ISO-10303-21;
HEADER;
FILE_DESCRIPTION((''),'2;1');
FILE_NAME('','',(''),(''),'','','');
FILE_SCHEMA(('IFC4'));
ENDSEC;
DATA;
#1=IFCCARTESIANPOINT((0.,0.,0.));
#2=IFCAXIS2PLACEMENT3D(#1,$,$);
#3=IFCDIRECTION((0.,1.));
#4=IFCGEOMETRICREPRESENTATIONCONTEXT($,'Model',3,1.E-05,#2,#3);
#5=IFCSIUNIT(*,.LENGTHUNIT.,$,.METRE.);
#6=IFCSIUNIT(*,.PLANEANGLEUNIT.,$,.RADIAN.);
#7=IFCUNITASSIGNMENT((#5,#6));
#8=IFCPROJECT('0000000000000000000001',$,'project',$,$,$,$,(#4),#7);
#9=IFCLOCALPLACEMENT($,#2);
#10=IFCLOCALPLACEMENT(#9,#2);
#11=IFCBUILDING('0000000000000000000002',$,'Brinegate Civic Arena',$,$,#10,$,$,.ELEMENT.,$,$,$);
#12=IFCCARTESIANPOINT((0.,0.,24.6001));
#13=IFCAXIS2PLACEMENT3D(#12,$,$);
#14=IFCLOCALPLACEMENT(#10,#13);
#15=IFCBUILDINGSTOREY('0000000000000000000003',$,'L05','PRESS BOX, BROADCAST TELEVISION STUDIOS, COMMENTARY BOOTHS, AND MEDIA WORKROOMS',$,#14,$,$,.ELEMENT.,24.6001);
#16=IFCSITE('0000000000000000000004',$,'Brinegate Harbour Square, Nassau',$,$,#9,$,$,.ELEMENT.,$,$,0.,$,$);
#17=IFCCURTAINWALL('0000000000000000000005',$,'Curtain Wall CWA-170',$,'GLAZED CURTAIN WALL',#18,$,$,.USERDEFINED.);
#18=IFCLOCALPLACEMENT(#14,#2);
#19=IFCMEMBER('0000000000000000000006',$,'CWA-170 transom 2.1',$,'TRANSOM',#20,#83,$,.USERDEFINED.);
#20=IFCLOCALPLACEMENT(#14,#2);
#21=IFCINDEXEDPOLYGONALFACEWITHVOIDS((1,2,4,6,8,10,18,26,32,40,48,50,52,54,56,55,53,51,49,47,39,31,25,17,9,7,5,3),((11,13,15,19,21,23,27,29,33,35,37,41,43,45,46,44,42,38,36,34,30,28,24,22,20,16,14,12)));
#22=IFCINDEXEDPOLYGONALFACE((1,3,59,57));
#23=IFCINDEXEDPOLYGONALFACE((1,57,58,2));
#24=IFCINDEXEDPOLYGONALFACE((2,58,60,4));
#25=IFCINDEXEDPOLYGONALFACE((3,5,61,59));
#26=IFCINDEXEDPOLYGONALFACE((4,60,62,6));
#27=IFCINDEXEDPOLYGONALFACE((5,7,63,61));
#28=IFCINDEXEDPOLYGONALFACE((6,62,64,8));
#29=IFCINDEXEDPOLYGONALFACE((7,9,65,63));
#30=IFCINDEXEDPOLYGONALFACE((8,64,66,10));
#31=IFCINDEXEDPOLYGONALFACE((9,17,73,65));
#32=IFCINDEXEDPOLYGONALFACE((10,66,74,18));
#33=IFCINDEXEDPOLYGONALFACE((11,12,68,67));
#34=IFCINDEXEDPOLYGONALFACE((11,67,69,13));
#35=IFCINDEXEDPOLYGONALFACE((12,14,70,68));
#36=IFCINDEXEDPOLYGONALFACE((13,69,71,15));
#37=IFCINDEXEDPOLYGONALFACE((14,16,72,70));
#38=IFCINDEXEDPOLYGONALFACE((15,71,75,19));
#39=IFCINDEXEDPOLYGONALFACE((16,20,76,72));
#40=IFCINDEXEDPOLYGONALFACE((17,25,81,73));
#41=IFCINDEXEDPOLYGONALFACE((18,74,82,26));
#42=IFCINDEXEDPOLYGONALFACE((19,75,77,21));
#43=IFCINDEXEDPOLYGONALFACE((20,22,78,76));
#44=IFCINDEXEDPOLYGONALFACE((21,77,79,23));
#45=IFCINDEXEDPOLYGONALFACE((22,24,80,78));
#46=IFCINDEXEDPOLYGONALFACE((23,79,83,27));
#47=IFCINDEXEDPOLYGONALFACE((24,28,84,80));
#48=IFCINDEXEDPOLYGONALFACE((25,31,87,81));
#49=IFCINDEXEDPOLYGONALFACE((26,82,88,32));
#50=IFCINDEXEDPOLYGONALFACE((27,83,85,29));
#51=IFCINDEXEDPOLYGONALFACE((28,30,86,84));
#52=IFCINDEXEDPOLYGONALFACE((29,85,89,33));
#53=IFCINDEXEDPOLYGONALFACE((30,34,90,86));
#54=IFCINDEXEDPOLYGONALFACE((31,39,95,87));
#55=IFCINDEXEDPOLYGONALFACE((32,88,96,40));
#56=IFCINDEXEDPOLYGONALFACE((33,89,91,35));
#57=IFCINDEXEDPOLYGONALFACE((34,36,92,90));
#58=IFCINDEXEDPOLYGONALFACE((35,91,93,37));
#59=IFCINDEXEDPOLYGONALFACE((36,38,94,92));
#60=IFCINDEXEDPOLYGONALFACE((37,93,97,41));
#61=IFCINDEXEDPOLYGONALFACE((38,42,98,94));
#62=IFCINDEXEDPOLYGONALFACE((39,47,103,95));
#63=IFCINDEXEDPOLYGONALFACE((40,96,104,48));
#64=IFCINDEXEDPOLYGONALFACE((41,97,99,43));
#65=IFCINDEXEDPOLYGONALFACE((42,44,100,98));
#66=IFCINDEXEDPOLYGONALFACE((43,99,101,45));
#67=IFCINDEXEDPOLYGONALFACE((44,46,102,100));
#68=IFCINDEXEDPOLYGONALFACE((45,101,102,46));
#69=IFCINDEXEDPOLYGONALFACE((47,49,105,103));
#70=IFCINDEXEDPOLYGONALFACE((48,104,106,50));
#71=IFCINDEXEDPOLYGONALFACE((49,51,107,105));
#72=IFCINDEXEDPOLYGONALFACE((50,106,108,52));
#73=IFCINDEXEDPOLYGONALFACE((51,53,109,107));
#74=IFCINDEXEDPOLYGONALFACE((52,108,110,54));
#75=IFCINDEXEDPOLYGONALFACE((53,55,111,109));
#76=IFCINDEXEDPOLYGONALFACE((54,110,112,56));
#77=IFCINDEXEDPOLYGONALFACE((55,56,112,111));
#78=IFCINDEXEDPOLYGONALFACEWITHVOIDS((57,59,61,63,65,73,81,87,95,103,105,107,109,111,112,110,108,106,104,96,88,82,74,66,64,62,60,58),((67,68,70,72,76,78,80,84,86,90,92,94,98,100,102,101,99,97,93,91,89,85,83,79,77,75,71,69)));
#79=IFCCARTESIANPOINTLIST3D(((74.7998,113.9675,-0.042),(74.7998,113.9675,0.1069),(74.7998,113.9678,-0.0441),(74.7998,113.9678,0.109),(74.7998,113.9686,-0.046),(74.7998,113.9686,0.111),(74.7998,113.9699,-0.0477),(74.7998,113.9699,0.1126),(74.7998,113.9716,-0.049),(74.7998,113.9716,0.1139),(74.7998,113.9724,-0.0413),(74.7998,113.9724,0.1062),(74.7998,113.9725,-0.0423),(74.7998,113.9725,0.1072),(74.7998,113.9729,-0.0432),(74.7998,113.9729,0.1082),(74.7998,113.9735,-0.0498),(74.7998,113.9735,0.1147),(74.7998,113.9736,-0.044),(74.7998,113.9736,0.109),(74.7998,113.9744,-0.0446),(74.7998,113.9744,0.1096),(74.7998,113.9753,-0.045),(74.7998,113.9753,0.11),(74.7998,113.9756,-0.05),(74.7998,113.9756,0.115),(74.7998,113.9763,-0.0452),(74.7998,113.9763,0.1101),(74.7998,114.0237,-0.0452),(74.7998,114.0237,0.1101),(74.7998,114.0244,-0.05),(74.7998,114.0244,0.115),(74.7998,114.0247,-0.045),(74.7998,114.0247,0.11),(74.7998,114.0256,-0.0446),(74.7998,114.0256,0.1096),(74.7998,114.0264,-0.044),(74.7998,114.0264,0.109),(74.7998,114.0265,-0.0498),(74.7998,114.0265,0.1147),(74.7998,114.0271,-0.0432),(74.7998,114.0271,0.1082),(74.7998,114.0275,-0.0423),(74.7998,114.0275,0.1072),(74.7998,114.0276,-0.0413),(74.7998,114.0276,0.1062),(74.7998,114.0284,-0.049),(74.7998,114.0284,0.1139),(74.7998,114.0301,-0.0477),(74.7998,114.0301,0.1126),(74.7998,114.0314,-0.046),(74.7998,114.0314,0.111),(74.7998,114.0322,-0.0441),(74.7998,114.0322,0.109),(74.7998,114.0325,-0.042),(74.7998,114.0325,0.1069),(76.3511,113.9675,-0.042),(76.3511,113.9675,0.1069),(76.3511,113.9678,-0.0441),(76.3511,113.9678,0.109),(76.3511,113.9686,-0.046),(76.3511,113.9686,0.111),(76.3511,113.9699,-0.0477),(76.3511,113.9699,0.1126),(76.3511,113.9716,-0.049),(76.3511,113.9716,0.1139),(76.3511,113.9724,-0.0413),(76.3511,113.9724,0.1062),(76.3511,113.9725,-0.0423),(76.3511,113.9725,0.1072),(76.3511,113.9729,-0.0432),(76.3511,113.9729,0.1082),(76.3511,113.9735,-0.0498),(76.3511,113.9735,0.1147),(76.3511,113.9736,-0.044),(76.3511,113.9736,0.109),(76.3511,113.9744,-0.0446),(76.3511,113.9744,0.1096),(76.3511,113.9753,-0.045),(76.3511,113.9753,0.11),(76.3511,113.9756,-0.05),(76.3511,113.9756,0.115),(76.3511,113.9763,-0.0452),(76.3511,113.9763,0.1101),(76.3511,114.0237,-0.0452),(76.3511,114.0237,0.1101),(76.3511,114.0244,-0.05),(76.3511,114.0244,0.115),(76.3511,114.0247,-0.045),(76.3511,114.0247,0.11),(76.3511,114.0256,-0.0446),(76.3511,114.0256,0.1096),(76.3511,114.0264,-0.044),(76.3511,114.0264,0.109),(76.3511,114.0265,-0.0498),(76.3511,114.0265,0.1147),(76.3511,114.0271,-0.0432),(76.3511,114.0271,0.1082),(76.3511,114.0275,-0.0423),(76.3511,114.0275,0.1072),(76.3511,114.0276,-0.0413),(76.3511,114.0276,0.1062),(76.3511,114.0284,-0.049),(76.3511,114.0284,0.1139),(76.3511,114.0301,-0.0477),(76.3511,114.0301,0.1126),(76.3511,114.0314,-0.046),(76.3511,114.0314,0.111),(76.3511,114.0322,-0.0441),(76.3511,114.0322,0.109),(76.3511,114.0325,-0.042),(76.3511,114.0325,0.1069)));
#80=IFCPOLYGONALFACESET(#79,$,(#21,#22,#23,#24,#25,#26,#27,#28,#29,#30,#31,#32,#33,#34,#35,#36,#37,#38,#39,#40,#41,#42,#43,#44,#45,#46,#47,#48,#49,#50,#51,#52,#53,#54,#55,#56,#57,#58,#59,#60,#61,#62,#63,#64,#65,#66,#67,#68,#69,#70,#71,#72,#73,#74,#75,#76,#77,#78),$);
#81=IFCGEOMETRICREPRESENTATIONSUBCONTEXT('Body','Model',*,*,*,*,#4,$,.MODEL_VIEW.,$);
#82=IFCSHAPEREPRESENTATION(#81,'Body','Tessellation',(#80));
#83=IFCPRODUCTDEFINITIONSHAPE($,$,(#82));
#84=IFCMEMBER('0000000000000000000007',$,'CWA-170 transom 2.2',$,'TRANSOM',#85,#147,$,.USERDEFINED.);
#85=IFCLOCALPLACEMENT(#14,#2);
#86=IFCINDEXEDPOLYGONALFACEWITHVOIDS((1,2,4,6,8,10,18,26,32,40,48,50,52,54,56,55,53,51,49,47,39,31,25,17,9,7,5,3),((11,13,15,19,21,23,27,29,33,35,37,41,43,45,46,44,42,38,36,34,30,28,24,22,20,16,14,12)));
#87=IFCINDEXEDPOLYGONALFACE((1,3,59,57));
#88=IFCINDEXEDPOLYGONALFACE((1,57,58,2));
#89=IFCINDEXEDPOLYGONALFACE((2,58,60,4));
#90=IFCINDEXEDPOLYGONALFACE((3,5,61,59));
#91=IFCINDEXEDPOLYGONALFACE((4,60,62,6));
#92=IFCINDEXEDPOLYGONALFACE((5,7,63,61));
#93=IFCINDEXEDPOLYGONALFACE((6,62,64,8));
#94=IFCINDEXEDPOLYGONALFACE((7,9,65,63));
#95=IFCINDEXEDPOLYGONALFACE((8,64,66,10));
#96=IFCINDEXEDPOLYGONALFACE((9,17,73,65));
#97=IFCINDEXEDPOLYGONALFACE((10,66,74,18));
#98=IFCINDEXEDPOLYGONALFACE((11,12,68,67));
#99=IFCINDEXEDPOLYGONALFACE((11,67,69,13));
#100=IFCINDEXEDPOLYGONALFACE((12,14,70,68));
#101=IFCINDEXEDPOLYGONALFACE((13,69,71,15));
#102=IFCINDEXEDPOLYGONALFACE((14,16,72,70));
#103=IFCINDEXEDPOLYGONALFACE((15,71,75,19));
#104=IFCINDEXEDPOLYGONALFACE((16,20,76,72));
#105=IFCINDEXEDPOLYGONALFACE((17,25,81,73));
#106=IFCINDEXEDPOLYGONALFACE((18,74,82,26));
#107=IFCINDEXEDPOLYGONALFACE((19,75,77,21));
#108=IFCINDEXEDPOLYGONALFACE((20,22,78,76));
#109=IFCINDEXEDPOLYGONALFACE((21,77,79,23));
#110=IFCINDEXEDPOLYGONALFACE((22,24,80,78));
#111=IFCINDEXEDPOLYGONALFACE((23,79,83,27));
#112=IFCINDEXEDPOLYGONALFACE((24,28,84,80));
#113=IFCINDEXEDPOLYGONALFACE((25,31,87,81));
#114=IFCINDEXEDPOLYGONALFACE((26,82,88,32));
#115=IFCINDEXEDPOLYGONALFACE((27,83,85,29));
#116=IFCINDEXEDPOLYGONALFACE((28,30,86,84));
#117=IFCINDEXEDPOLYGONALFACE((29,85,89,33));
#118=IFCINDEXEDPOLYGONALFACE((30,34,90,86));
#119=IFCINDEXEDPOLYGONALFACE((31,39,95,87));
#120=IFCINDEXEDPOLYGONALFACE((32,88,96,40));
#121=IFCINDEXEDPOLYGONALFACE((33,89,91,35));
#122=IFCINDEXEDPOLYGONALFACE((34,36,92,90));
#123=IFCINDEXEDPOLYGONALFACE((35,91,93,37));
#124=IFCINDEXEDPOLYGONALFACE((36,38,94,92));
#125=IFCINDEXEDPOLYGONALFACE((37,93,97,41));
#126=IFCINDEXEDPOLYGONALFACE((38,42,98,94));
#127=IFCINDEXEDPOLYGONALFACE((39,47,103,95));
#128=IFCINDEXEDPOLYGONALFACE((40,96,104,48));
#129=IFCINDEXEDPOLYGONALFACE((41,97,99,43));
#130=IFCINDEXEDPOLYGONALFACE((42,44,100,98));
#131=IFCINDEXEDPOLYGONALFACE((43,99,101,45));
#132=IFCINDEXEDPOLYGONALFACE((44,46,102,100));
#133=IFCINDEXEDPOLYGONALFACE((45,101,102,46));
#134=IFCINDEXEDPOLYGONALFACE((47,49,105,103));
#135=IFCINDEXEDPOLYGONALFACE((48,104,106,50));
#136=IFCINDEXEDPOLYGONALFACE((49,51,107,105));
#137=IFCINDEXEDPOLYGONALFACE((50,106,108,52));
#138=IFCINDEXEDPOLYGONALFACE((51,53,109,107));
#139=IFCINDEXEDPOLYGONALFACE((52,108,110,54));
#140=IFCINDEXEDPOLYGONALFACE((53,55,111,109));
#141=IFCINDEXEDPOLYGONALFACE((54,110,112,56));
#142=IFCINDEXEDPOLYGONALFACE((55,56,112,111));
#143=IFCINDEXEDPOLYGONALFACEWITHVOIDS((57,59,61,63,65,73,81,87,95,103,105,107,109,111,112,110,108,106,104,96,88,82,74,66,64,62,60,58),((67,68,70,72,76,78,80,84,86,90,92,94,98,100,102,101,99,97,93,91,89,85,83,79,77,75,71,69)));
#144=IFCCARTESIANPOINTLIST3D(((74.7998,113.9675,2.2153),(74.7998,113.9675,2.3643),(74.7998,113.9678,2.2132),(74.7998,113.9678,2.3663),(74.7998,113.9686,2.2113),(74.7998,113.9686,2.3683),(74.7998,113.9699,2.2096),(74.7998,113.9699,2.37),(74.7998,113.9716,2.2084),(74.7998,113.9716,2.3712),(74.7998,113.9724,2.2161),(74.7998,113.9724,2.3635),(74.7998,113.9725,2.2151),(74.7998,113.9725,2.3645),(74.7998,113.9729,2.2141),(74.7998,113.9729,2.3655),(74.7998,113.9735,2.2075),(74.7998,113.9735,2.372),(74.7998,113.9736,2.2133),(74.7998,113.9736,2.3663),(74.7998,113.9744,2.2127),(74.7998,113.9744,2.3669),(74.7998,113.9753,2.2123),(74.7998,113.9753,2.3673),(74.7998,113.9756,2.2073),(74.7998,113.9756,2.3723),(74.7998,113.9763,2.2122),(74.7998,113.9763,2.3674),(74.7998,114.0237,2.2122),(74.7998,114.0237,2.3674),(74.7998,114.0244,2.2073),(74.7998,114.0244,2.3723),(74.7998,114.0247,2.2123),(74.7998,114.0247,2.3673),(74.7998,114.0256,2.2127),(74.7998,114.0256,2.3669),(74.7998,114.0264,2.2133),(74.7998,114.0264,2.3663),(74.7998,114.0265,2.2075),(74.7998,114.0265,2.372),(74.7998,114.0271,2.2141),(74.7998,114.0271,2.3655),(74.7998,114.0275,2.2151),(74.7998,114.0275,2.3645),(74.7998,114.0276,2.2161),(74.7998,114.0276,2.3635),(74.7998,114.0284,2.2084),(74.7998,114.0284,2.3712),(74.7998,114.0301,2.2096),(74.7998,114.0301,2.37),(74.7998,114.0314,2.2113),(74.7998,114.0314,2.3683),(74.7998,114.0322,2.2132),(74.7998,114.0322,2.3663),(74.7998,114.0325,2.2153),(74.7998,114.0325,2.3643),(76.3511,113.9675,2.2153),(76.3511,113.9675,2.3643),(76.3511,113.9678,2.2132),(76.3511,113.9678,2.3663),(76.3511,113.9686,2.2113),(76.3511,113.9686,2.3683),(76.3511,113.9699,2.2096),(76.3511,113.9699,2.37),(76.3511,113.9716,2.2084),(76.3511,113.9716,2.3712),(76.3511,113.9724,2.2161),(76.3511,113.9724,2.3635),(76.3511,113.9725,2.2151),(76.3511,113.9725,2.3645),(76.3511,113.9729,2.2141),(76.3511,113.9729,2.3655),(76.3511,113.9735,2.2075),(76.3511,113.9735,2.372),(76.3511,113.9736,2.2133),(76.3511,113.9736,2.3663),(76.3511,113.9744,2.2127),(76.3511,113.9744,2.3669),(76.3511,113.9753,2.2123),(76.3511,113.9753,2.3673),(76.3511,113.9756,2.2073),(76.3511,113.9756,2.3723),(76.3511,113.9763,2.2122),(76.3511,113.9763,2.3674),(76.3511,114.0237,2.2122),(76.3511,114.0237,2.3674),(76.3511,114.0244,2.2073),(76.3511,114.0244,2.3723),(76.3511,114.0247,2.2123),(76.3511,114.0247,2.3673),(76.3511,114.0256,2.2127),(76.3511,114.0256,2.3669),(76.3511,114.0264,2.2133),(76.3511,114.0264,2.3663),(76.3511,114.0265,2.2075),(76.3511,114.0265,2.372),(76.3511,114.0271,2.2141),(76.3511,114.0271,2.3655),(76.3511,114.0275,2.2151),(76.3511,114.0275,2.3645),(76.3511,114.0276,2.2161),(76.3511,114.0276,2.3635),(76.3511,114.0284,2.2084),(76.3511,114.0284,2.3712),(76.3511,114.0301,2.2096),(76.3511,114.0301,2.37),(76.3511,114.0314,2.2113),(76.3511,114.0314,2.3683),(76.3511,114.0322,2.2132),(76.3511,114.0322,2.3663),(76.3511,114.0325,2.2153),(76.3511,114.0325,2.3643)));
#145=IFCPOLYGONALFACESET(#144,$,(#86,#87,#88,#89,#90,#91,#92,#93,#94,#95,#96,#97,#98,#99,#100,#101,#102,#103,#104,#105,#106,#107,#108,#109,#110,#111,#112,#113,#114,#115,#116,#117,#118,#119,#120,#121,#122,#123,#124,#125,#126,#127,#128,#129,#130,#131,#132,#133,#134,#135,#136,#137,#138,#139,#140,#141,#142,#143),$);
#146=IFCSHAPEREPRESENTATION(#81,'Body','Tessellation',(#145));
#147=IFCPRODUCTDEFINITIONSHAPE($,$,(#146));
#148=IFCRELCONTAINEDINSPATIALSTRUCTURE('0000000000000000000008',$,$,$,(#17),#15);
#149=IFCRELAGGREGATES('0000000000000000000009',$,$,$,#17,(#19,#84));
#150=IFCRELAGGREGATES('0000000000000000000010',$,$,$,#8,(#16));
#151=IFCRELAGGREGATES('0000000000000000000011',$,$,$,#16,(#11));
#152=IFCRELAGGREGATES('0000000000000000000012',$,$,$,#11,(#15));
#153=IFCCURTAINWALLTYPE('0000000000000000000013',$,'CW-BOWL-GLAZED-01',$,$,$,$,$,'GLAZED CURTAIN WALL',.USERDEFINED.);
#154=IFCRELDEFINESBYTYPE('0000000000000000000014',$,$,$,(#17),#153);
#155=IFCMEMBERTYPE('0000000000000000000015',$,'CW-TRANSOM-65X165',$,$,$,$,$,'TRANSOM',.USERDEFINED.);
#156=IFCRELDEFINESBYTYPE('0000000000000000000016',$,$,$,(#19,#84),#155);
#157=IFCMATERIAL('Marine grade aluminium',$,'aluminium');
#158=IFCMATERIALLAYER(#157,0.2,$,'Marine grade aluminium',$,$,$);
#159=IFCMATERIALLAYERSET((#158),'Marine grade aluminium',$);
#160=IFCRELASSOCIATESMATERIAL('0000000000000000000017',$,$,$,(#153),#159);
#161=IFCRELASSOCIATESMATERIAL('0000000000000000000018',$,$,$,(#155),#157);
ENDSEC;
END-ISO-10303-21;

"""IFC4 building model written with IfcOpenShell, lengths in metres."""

from ifc_helpers import new_model, si_unit, direction, frame, origin, origin_2d, place, context, subcontext, project, spatial, hollow_rectangle, extrude, material, layer, layer_set, material_profile, profile_set, type_object, element, aggregate, save


model = new_model("IFC4")

# Units and contexts
model_context = context("Model", 3, precision=1e-05, world=origin(), true_north=direction((0.0, 1.0)))
body_context = subcontext(model_context, "Body", "Model", "MODEL_VIEW")
ifc_project = project(units=[si_unit("LENGTHUNIT", "METRE"), si_unit("PLANEANGLEUNIT", "RADIAN")], contexts=[model_context])

# Site, building, storey
site_placement = place(None, origin())
site = spatial("IfcSite", under=ifc_project, at=site_placement, Name="Brinegate Harbour Square, Nassau", CompositionType="ELEMENT", RefElevation=0.0)
building_placement = place(site_placement, origin())
building = spatial("IfcBuilding", under=site, at=building_placement, Name="Brinegate Civic Arena", CompositionType="ELEMENT")
storey_placement = place(building_placement, frame((0.0, 0.0, 24.6001)))
storey = spatial("IfcBuildingStorey", under=building, at=storey_placement, Name="L05", Description="PRESS BOX, BROADCAST TELEVISION STUDIOS, COMMENTARY BOOTHS, AND MEDIA WORKROOMS", CompositionType="ELEMENT", Elevation=24.6001)

# Curtain wall, members
ifc_material_1 = material(Name="Marine grade aluminium", Category="aluminium")
ifc_layer_1 = layer(ifc_material_1, 0.2, Name="Marine grade aluminium")
ifc_layer_set_1 = layer_set([ifc_layer_1], Name="Marine grade aluminium")
curtain_wall_type = type_object("IfcCurtainWallType", Name="CW-BOWL-GLAZED-01", ElementType="GLAZED CURTAIN WALL", PredefinedType="USERDEFINED", material=ifc_layer_set_1)
curtain_wall_placement = place(storey_placement, origin())
curtain_wall = element("IfcCurtainWall", 1, at=curtain_wall_placement, inside=storey, type_object=curtain_wall_type, Name="Curtain Wall CWA-170", ObjectType="GLAZED CURTAIN WALL", PredefinedType="USERDEFINED")
ifc_material_profile_1 = material_profile(ifc_material_1, hollow_rectangle(XDim=0.0649, YDim=0.165, WallThickness=0.0049, InnerFilletRadius=0.0039, OuterFilletRadius=0.0081, at=origin_2d()), Name="TRN65X165")
ifc_profile_set_1 = profile_set([ifc_material_profile_1], Name="Marine grade aluminium")
member_type_1 = type_object("IfcMemberType", Name="CW-TRANSOM-65X165", ElementType="TRANSOM", PredefinedType="USERDEFINED", material=ifc_profile_set_1)
member_1_placement = place(storey_placement, frame((74.7998, 114.0, 0.0325), z_axis=(1.0, 0.0, 0.0), x_axis=(0.0, 1.0, 0.0)))
member_1 = element("IfcMember", 2, at=member_1_placement, type_object=member_type_1, Name="CWA-170 transom 2.1", ObjectType="TRANSOM", PredefinedType="USERDEFINED", context=body_context, shape_type="SweptSolid", body=[
    extrude(hollow_rectangle(XDim=0.0649, YDim=0.165, WallThickness=0.0049, InnerFilletRadius=0.0039, OuterFilletRadius=0.0081, at=origin_2d()), origin(), (0.0, 0.0, 1.0), 1.5513),
])
member_2_placement = place(storey_placement, frame((74.7998, 114.0, 2.2898), z_axis=(1.0, 0.0, 0.0), x_axis=(0.0, 1.0, 0.0)))
member_2 = element("IfcMember", 3, at=member_2_placement, type_object=member_type_1, Name="CWA-170 transom 2.2", ObjectType="TRANSOM", PredefinedType="USERDEFINED", context=body_context, shape_type="SweptSolid", body=[
    extrude(hollow_rectangle(XDim=0.0649, YDim=0.165, WallThickness=0.0049, InnerFilletRadius=0.0039, OuterFilletRadius=0.0081, at=origin_2d()), origin(), (0.0, 0.0, 1.0), 1.5513),
])
aggregate(curtain_wall, [member_1, member_2])

save(model, "model.ifc")
